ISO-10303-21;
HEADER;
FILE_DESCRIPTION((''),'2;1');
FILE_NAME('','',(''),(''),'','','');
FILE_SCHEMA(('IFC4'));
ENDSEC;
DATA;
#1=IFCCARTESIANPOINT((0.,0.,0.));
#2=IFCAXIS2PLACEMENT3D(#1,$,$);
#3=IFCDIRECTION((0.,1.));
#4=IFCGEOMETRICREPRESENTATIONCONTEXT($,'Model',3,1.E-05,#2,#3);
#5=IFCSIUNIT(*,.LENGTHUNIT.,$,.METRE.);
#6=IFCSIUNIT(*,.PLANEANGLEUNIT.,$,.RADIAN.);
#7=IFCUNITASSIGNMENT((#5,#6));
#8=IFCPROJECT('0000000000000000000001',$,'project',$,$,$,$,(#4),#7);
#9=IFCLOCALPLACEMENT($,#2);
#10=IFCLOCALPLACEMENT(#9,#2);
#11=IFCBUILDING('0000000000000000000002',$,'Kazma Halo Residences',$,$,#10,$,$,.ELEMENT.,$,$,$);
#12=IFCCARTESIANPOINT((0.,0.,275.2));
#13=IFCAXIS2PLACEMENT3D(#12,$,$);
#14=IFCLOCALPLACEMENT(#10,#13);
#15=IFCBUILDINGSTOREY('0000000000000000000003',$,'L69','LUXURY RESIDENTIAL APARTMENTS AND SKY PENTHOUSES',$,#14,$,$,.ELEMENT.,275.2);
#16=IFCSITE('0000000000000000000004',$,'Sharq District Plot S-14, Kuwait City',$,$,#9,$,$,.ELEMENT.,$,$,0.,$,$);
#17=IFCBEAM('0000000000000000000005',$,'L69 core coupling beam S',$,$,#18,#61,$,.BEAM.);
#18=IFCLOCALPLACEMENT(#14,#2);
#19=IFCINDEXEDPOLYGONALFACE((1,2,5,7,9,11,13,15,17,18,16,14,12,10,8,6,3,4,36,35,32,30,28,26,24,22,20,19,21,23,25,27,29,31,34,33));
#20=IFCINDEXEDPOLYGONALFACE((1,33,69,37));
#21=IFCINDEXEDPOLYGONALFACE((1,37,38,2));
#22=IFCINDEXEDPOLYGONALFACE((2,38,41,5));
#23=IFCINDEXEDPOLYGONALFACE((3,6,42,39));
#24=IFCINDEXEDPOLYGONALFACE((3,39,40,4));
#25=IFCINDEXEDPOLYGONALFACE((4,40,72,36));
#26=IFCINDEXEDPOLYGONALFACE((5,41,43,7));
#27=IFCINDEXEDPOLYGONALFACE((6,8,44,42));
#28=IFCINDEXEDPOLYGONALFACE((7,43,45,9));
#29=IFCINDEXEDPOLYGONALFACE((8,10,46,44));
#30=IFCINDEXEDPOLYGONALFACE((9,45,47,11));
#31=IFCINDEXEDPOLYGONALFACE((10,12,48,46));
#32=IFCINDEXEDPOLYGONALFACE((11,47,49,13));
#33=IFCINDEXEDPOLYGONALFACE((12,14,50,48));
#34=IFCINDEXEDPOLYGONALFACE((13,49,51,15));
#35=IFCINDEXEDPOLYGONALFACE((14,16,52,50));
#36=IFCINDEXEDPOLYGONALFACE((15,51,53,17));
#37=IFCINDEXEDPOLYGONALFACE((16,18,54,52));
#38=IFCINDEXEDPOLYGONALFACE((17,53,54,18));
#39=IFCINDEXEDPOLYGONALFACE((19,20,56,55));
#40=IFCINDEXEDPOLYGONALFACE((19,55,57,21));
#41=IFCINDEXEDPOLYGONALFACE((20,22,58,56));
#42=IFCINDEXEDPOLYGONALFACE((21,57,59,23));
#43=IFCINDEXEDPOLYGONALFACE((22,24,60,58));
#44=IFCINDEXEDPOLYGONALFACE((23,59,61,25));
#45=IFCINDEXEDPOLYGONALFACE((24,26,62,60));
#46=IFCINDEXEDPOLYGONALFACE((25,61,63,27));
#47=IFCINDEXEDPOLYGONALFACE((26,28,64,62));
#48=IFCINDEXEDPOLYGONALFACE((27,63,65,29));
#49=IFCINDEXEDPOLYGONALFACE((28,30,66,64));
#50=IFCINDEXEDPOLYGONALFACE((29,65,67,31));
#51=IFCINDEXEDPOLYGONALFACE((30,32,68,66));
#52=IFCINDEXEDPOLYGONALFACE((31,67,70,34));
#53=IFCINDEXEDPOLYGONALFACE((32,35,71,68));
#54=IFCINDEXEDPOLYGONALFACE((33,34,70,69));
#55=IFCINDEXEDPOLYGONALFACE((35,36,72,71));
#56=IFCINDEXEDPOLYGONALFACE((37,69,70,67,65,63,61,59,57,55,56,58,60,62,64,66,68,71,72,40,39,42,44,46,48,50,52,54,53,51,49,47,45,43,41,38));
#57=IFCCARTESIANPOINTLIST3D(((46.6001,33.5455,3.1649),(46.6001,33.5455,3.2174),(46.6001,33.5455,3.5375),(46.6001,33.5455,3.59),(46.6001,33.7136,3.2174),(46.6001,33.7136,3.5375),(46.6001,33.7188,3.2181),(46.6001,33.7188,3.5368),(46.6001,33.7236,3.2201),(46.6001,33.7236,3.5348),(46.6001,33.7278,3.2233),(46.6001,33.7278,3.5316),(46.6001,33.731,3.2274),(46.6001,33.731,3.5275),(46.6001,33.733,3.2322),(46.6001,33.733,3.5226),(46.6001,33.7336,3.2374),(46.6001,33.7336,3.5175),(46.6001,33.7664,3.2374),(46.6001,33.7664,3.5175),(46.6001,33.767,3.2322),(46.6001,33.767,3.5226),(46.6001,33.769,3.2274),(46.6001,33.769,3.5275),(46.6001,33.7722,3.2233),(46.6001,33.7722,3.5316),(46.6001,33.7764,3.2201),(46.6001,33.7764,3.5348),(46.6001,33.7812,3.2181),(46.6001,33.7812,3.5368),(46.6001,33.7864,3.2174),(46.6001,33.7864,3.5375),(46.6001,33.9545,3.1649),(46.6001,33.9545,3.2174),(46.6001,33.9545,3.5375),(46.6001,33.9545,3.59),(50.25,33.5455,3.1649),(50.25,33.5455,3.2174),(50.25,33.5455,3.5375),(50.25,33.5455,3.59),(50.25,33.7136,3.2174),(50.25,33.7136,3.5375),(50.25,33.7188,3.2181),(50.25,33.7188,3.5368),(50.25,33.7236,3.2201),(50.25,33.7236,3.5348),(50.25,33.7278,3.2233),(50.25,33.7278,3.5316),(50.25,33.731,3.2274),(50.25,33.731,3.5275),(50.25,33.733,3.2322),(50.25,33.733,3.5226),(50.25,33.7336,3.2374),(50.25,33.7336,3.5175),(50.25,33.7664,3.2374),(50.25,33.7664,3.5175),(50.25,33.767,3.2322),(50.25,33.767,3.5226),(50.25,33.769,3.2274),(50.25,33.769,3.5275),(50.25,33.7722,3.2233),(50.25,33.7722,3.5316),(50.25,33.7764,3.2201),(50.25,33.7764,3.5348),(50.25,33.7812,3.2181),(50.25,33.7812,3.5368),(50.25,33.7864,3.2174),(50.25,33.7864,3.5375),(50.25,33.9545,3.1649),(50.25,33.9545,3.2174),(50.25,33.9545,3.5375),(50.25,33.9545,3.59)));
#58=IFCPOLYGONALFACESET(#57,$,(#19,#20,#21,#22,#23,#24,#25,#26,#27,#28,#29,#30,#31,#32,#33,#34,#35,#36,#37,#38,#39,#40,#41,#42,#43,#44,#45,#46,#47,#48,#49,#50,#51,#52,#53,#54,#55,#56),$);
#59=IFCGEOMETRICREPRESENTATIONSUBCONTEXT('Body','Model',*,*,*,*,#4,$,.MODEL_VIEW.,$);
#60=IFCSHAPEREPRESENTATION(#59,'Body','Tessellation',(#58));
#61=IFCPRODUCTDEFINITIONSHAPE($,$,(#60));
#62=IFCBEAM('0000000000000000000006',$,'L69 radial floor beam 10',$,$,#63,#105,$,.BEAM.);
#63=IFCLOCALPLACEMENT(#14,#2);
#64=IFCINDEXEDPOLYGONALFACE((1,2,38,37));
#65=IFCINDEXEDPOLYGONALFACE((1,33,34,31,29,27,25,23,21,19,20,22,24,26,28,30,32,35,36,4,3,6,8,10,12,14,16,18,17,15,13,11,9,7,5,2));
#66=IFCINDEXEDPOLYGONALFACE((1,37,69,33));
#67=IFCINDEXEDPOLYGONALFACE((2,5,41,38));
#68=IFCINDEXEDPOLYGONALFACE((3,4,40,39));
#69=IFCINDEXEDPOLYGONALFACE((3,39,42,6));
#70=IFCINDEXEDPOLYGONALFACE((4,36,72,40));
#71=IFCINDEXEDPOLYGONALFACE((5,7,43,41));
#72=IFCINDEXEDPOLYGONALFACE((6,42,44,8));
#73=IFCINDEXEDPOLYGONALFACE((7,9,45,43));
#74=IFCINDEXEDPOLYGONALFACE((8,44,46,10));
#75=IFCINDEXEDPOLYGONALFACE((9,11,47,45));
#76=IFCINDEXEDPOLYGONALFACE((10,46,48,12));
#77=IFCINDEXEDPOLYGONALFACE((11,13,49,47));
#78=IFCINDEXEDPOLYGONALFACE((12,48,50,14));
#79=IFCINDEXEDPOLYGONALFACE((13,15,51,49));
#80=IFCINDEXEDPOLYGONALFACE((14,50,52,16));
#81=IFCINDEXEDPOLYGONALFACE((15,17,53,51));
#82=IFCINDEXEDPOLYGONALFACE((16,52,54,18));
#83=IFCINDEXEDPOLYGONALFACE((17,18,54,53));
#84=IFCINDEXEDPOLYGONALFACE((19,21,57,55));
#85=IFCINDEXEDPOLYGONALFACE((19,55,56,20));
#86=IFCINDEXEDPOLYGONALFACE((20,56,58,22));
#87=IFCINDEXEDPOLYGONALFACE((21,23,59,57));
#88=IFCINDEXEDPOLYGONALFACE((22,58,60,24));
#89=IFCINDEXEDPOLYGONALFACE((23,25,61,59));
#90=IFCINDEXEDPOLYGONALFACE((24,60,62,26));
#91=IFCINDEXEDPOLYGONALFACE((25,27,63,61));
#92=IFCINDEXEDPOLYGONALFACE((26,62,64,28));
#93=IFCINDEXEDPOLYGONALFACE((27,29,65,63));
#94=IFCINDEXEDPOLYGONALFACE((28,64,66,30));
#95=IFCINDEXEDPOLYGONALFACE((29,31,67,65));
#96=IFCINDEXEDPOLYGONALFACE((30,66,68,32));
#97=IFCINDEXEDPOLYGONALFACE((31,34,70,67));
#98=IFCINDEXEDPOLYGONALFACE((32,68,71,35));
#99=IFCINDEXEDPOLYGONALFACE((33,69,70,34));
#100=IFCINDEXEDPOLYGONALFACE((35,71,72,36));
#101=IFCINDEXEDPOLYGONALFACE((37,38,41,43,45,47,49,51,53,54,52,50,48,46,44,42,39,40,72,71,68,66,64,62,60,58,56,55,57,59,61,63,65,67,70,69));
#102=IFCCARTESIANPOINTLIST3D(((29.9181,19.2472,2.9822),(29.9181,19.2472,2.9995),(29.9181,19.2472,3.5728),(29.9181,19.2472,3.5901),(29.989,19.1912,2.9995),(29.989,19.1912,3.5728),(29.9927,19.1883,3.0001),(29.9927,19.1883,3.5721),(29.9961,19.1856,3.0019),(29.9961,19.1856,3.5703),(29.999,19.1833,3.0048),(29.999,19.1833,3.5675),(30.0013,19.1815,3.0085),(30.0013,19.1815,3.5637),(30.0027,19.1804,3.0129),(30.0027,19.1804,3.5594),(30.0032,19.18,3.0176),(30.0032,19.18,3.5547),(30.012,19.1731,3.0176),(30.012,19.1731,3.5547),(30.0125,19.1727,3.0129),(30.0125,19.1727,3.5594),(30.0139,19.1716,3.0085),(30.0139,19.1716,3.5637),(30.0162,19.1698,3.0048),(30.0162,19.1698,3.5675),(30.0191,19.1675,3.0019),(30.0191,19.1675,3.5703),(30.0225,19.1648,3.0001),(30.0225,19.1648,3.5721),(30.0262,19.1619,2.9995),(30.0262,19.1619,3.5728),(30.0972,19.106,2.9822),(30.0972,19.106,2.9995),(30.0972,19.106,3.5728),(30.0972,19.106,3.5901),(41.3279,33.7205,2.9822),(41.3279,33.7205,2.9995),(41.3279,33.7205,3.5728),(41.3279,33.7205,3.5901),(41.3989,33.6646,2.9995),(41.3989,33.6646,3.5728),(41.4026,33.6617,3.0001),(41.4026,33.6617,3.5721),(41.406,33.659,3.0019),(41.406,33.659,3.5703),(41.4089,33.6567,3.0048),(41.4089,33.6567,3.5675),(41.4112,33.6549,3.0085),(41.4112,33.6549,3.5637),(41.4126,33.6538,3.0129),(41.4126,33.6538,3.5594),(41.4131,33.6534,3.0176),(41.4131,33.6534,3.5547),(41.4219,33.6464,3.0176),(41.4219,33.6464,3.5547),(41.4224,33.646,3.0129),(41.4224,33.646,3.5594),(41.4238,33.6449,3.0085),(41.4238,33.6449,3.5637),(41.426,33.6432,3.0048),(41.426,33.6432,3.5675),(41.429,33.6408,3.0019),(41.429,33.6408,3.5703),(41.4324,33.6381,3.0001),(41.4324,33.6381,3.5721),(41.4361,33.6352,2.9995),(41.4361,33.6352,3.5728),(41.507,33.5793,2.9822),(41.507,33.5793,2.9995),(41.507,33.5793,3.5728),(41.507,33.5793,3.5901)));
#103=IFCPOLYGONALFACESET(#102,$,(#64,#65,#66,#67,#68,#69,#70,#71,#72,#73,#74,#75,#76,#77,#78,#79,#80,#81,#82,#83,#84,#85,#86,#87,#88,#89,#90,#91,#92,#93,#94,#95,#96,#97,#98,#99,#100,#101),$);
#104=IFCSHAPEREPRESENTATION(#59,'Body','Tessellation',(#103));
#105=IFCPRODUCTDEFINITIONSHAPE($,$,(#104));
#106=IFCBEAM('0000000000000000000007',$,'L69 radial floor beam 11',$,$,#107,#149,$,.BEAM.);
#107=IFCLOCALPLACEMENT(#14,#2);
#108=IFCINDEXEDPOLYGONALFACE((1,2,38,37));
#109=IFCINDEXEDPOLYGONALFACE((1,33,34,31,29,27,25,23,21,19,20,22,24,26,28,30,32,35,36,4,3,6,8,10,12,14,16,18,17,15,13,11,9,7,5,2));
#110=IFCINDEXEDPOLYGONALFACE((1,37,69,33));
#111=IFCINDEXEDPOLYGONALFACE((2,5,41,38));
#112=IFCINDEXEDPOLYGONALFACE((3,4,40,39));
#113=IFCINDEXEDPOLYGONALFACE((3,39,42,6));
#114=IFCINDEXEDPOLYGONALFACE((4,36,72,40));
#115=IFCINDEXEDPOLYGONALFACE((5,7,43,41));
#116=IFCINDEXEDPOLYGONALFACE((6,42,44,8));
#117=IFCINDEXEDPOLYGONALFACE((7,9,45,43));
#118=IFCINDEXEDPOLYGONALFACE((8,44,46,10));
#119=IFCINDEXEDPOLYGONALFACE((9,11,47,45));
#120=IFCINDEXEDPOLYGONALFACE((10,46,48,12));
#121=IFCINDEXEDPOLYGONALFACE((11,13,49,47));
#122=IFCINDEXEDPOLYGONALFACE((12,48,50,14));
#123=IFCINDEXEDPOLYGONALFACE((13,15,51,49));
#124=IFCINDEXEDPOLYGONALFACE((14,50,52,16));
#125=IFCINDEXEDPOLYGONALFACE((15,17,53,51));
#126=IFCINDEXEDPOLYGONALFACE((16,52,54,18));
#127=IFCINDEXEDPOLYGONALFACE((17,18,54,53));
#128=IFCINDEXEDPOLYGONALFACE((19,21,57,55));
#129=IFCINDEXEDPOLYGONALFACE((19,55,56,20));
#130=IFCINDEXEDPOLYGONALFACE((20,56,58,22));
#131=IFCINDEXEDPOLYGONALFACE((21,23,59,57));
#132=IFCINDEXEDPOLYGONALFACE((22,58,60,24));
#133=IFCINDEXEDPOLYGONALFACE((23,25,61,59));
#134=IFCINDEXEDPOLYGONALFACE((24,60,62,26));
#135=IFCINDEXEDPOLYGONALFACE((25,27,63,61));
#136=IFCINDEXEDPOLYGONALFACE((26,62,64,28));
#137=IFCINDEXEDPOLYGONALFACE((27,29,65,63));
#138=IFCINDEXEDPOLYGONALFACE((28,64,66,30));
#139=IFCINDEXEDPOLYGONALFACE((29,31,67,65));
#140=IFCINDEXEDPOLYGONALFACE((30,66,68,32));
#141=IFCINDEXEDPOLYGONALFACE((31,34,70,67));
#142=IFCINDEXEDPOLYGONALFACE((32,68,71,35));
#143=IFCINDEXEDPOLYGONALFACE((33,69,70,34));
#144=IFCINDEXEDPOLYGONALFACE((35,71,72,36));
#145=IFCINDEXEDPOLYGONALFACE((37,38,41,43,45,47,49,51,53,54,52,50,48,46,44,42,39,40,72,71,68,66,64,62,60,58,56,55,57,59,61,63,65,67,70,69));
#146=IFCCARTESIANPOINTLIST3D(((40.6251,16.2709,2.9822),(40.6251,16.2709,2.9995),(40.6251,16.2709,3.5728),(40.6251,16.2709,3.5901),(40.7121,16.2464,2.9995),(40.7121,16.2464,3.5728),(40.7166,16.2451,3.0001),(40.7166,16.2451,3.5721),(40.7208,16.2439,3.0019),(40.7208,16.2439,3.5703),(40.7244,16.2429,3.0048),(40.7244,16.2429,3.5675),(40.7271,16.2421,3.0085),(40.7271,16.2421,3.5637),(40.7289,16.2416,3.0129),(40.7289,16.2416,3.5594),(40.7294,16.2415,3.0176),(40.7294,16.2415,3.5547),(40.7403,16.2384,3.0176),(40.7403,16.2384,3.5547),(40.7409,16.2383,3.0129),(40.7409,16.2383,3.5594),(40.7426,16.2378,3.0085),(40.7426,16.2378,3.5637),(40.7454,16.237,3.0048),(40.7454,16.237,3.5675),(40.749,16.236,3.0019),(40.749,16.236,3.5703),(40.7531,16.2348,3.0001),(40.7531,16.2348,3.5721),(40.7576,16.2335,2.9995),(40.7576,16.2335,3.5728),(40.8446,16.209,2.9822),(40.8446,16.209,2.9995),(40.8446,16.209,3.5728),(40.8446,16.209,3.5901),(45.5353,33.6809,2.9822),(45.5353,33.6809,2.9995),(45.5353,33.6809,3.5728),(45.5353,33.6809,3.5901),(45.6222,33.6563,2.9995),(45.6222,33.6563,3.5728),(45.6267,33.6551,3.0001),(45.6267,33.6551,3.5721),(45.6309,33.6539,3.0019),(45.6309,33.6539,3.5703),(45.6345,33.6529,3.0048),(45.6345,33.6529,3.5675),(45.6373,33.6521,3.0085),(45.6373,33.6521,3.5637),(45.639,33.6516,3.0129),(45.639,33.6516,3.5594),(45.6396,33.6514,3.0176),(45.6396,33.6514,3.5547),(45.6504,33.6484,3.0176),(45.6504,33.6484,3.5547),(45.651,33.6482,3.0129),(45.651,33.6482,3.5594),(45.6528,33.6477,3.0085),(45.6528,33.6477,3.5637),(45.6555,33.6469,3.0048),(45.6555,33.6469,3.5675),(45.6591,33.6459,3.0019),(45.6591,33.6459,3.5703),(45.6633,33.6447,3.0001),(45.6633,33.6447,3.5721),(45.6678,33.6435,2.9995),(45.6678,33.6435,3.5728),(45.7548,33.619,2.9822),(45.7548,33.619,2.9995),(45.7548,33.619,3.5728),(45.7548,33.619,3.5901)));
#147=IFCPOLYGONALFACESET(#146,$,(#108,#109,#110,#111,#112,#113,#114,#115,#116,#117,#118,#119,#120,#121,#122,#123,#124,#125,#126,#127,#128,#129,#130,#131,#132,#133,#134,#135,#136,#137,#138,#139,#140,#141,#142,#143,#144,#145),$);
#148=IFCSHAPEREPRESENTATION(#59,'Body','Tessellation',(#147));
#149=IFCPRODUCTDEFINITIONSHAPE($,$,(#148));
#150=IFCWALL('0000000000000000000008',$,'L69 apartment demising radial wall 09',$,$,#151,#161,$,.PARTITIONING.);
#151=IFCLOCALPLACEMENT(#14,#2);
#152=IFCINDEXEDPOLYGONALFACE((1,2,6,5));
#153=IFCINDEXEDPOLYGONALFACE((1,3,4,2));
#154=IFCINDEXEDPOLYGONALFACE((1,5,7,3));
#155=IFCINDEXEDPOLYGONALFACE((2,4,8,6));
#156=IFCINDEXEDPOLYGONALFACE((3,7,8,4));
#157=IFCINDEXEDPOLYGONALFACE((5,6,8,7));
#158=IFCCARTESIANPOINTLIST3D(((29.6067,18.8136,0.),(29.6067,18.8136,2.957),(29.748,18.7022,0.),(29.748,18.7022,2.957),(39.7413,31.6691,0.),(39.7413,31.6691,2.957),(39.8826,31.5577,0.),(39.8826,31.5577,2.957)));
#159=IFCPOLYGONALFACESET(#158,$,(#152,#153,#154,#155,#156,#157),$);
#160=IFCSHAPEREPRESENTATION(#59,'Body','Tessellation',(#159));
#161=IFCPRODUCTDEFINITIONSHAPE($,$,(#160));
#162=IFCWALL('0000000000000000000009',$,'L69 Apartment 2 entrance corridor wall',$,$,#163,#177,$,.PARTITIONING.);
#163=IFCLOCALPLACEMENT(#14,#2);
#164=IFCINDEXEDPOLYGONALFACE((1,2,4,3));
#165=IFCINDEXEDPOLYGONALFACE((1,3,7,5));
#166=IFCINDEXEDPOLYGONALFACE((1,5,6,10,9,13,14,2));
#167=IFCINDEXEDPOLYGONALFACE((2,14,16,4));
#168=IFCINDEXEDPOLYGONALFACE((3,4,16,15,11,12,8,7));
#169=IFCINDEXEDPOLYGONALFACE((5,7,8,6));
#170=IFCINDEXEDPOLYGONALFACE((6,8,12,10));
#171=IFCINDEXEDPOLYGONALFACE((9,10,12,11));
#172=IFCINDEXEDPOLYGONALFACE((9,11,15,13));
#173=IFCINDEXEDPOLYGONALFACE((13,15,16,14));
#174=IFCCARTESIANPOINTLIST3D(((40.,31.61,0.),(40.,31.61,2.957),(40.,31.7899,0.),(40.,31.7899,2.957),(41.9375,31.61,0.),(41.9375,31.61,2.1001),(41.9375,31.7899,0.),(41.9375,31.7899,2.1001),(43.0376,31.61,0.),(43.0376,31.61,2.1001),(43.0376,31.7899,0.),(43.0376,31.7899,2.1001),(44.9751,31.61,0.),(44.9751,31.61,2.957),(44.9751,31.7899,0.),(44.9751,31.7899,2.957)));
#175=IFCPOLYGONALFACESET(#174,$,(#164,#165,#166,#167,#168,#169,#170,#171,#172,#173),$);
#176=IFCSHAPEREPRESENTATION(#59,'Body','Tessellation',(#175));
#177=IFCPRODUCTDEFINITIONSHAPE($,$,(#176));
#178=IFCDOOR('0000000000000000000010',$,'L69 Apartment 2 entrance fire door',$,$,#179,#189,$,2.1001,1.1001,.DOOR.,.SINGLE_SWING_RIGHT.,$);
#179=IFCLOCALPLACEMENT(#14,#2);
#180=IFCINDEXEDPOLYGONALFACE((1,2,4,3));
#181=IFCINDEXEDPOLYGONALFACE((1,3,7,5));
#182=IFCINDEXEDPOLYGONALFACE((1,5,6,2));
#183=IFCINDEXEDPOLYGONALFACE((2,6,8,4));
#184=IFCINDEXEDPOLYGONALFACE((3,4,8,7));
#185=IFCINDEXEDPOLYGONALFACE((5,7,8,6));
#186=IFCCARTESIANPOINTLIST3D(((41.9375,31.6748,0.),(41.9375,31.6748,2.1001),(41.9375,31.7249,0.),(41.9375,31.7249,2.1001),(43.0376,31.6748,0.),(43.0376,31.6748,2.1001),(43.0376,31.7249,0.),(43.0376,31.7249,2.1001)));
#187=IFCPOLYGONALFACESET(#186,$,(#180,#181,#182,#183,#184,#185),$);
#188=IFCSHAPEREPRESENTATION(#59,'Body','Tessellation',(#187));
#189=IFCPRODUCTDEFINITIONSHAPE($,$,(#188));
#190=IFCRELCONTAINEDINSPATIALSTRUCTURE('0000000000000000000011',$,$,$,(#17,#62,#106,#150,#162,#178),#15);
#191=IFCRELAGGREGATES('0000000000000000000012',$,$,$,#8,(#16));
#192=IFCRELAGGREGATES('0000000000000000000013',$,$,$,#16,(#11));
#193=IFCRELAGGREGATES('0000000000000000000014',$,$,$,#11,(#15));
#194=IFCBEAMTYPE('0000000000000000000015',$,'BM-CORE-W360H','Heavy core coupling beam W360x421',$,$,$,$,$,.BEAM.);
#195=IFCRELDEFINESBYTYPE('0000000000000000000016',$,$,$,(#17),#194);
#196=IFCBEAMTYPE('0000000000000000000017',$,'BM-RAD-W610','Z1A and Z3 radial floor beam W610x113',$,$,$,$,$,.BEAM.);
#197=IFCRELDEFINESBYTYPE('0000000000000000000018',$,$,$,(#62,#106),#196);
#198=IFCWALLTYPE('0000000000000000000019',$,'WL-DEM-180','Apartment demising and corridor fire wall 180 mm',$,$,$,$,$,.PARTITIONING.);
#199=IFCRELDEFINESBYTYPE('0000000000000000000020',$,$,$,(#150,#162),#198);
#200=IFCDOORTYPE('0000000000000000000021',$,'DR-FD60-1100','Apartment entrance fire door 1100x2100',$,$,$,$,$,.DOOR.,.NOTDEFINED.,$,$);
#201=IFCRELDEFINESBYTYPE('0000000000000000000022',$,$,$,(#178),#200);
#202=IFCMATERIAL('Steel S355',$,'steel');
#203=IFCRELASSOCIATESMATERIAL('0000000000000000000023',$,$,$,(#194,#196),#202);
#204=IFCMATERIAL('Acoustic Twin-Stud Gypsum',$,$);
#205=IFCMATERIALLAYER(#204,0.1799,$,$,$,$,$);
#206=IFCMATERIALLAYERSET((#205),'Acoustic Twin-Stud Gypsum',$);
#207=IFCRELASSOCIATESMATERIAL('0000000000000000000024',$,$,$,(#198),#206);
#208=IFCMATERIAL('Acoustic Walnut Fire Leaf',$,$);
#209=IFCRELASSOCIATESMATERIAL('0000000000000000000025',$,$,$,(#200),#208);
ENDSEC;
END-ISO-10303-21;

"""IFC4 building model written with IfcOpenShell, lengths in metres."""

from ifc_helpers import new_model, si_unit, direction, frame, frame_2d, origin, origin_2d, place, context, subcontext, project, spatial, rectangle, i_section, extrude, material, layer, layer_set, material_profile, profile_set, type_object, element, fill, save


model = new_model("IFC4")

# Units and contexts
model_context = context("Model", 3, precision=1e-05, world=origin(), true_north=direction((0.0, 1.0)))
body_context = subcontext(model_context, "Body", "Model", "MODEL_VIEW")
ifc_project = project(units=[si_unit("LENGTHUNIT", "METRE"), si_unit("PLANEANGLEUNIT", "RADIAN")], contexts=[model_context])

# Site, building, storey
site_placement = place(None, origin())
site = spatial("IfcSite", under=ifc_project, at=site_placement, Name="Sharq District Plot S-14, Kuwait City", CompositionType="ELEMENT", RefElevation=0.0)
building_placement = place(site_placement, origin())
building = spatial("IfcBuilding", under=site, at=building_placement, Name="Kazma Halo Residences", CompositionType="ELEMENT")
storey_placement = place(building_placement, frame((0.0, 0.0, 275.2)))
storey = spatial("IfcBuildingStorey", under=building, at=storey_placement, Name="L69", Description="LUXURY RESIDENTIAL APARTMENTS AND SKY PENTHOUSES", CompositionType="ELEMENT", Elevation=275.2)

# Beams
ifc_material_1 = material(Name="Steel S355", Category="steel")
ifc_material_profile_1 = material_profile(ifc_material_1, i_section(OverallWidth=0.4089, OverallDepth=0.425, WebThickness=0.0327, FlangeThickness=0.0525, FilletRadius=0.02, at=origin_2d()), Name="W360x421")
ifc_profile_set_1 = profile_set([ifc_material_profile_1], Name="Steel S355")
beam_type_1 = type_object("IfcBeamType", Name="BM-CORE-W360H", Description="Heavy core coupling beam W360x421", PredefinedType="BEAM", material=ifc_profile_set_1)
beam_1_placement = place(storey_placement, frame((46.6001, 33.75, 3.3774), z_axis=(1.0, 0.0, 0.0), x_axis=(0.0, 1.0, 0.0)))
element("IfcBeam", 1, at=beam_1_placement, inside=storey, type_object=beam_type_1, Name="L69 core coupling beam S", PredefinedType="BEAM", context=body_context, shape_type="SweptSolid", body=[
    extrude(i_section(OverallWidth=0.4089, OverallDepth=0.425, WebThickness=0.0327, FlangeThickness=0.0525, FilletRadius=0.02, at=origin_2d()), origin(), (0.0, 0.0, 1.0), 3.6499),
])
ifc_material_profile_2 = material_profile(ifc_material_1, i_section(OverallWidth=0.228, OverallDepth=0.6079, WebThickness=0.0112, FlangeThickness=0.0173, FilletRadius=0.0181, at=origin_2d()), Name="W610x113")
ifc_profile_set_2 = profile_set([ifc_material_profile_2], Name="Steel S355")
beam_type_2 = type_object("IfcBeamType", Name="BM-RAD-W610", Description="Z1A and Z3 radial floor beam W610x113", PredefinedType="BEAM", material=ifc_profile_set_2)
beam_2_placement = place(storey_placement, frame((41.4175, 33.6499, 3.2861), z_axis=(-0.619094, -0.785317, 0.0), x_axis=(0.785317, -0.619094, 0.0)))
element("IfcBeam", 2, at=beam_2_placement, inside=storey, type_object=beam_type_2, Name="L69 radial floor beam 10", PredefinedType="BEAM", context=body_context, shape_type="SweptSolid", body=[
    extrude(i_section(OverallWidth=0.228, OverallDepth=0.6079, WebThickness=0.0112, FlangeThickness=0.0173, FilletRadius=0.0181, at=origin_2d()), origin(), (0.0, 0.0, 1.0), 18.4299),
])
beam_3_placement = place(storey_placement, frame((45.645, 33.6499, 3.2861), z_axis=(-0.271443, -0.962454, 0.0), x_axis=(0.962454, -0.271443, 0.0)))
element("IfcBeam", 3, at=beam_3_placement, inside=storey, type_object=beam_type_2, Name="L69 radial floor beam 11", PredefinedType="BEAM", context=body_context, shape_type="SweptSolid", body=[
    extrude(i_section(OverallWidth=0.228, OverallDepth=0.6079, WebThickness=0.0112, FlangeThickness=0.0173, FilletRadius=0.0181, at=origin_2d()), origin(), (0.0, 0.0, 1.0), 18.0891),
])

# Wall
ifc_material_2 = material(Name="Acoustic Twin-Stud Gypsum")
ifc_layer_1 = layer(ifc_material_2, 0.1799)
ifc_layer_set_1 = layer_set([ifc_layer_1], Name="Acoustic Twin-Stud Gypsum")
wall_type_1 = type_object("IfcWallType", Name="WL-DEM-180", Description="Apartment demising and corridor fire wall 180 mm", PredefinedType="PARTITIONING", material=ifc_layer_set_1)
wall_1_placement = place(storey_placement, frame((39.812, 31.6135, 0.0), z_axis=(0.0, 0.0, 1.0), x_axis=(-0.619097, -0.785314, 0.0)))
element("IfcWall", 4, at=wall_1_placement, inside=storey, type_object=wall_type_1, Name="L69 apartment demising radial wall 09", PredefinedType="PARTITIONING", context=body_context, shape_type="SweptSolid", body=[
    extrude(rectangle(XDim=16.3699, YDim=0.1799, at=frame_2d((8.1851, 0.0))), origin(), (0.0, 0.0, 1.0), 2.957),
])

# Wall, opening, door
wall_2_placement = place(storey_placement, frame((40.0, 31.7, 0.0), z_axis=(0.0, 0.0, 1.0), x_axis=(1.0, 0.0, 0.0)))
wall_2 = element("IfcWall", 5, at=wall_2_placement, inside=storey, type_object=wall_type_1, Name="L69 Apartment 2 entrance corridor wall", PredefinedType="PARTITIONING", context=body_context, shape_type="SweptSolid", body=[
    extrude(rectangle(XDim=4.9751, YDim=0.1799, at=frame_2d((2.4875, 0.0))), origin(), (0.0, 0.0, 1.0), 2.957),
])
opening_1_placement = place(wall_2_placement, frame((1.9375, 0.0, 0.0)))
opening_1 = element("IfcOpeningElement", 6, at=opening_1_placement, cuts=wall_2, PredefinedType="OPENING", context=body_context, shape_type="SweptSolid", body=[
    extrude(rectangle(XDim=1.1001, YDim=2.1001, at=frame_2d((0.55, 1.05))), frame((0.0, 0.0999, 0.0), z_axis=(0.0, -1.0, 0.0), x_axis=(1.0, 0.0, 0.0)), (0.0, 0.0, 1.0), 0.2),
])
ifc_material_3 = material(Name="Acoustic Walnut Fire Leaf")
door_type_1 = type_object("IfcDoorType", Name="DR-FD60-1100", Description="Apartment entrance fire door 1100x2100", OperationType="NOTDEFINED", PredefinedType="DOOR", material=ifc_material_3)
door_1_placement = place(opening_1_placement, origin())
door_1 = element("IfcDoor", 7, at=door_1_placement, inside=storey, type_object=door_type_1, Name="L69 Apartment 2 entrance fire door", OperationType="SINGLE_SWING_RIGHT", OverallHeight=2.1001, OverallWidth=1.1001, PredefinedType="DOOR", context=body_context, shape_type="SweptSolid", body=[
    extrude(rectangle(XDim=1.1001, YDim=2.1001, at=frame_2d((0.55, 1.05))), frame((0.0, 0.0249, 0.0), z_axis=(0.0, -1.0, 0.0), x_axis=(1.0, 0.0, 0.0)), (0.0, 0.0, 1.0), 0.05),
])
fill(opening_1, door_1)

save(model, "model.ifc")
